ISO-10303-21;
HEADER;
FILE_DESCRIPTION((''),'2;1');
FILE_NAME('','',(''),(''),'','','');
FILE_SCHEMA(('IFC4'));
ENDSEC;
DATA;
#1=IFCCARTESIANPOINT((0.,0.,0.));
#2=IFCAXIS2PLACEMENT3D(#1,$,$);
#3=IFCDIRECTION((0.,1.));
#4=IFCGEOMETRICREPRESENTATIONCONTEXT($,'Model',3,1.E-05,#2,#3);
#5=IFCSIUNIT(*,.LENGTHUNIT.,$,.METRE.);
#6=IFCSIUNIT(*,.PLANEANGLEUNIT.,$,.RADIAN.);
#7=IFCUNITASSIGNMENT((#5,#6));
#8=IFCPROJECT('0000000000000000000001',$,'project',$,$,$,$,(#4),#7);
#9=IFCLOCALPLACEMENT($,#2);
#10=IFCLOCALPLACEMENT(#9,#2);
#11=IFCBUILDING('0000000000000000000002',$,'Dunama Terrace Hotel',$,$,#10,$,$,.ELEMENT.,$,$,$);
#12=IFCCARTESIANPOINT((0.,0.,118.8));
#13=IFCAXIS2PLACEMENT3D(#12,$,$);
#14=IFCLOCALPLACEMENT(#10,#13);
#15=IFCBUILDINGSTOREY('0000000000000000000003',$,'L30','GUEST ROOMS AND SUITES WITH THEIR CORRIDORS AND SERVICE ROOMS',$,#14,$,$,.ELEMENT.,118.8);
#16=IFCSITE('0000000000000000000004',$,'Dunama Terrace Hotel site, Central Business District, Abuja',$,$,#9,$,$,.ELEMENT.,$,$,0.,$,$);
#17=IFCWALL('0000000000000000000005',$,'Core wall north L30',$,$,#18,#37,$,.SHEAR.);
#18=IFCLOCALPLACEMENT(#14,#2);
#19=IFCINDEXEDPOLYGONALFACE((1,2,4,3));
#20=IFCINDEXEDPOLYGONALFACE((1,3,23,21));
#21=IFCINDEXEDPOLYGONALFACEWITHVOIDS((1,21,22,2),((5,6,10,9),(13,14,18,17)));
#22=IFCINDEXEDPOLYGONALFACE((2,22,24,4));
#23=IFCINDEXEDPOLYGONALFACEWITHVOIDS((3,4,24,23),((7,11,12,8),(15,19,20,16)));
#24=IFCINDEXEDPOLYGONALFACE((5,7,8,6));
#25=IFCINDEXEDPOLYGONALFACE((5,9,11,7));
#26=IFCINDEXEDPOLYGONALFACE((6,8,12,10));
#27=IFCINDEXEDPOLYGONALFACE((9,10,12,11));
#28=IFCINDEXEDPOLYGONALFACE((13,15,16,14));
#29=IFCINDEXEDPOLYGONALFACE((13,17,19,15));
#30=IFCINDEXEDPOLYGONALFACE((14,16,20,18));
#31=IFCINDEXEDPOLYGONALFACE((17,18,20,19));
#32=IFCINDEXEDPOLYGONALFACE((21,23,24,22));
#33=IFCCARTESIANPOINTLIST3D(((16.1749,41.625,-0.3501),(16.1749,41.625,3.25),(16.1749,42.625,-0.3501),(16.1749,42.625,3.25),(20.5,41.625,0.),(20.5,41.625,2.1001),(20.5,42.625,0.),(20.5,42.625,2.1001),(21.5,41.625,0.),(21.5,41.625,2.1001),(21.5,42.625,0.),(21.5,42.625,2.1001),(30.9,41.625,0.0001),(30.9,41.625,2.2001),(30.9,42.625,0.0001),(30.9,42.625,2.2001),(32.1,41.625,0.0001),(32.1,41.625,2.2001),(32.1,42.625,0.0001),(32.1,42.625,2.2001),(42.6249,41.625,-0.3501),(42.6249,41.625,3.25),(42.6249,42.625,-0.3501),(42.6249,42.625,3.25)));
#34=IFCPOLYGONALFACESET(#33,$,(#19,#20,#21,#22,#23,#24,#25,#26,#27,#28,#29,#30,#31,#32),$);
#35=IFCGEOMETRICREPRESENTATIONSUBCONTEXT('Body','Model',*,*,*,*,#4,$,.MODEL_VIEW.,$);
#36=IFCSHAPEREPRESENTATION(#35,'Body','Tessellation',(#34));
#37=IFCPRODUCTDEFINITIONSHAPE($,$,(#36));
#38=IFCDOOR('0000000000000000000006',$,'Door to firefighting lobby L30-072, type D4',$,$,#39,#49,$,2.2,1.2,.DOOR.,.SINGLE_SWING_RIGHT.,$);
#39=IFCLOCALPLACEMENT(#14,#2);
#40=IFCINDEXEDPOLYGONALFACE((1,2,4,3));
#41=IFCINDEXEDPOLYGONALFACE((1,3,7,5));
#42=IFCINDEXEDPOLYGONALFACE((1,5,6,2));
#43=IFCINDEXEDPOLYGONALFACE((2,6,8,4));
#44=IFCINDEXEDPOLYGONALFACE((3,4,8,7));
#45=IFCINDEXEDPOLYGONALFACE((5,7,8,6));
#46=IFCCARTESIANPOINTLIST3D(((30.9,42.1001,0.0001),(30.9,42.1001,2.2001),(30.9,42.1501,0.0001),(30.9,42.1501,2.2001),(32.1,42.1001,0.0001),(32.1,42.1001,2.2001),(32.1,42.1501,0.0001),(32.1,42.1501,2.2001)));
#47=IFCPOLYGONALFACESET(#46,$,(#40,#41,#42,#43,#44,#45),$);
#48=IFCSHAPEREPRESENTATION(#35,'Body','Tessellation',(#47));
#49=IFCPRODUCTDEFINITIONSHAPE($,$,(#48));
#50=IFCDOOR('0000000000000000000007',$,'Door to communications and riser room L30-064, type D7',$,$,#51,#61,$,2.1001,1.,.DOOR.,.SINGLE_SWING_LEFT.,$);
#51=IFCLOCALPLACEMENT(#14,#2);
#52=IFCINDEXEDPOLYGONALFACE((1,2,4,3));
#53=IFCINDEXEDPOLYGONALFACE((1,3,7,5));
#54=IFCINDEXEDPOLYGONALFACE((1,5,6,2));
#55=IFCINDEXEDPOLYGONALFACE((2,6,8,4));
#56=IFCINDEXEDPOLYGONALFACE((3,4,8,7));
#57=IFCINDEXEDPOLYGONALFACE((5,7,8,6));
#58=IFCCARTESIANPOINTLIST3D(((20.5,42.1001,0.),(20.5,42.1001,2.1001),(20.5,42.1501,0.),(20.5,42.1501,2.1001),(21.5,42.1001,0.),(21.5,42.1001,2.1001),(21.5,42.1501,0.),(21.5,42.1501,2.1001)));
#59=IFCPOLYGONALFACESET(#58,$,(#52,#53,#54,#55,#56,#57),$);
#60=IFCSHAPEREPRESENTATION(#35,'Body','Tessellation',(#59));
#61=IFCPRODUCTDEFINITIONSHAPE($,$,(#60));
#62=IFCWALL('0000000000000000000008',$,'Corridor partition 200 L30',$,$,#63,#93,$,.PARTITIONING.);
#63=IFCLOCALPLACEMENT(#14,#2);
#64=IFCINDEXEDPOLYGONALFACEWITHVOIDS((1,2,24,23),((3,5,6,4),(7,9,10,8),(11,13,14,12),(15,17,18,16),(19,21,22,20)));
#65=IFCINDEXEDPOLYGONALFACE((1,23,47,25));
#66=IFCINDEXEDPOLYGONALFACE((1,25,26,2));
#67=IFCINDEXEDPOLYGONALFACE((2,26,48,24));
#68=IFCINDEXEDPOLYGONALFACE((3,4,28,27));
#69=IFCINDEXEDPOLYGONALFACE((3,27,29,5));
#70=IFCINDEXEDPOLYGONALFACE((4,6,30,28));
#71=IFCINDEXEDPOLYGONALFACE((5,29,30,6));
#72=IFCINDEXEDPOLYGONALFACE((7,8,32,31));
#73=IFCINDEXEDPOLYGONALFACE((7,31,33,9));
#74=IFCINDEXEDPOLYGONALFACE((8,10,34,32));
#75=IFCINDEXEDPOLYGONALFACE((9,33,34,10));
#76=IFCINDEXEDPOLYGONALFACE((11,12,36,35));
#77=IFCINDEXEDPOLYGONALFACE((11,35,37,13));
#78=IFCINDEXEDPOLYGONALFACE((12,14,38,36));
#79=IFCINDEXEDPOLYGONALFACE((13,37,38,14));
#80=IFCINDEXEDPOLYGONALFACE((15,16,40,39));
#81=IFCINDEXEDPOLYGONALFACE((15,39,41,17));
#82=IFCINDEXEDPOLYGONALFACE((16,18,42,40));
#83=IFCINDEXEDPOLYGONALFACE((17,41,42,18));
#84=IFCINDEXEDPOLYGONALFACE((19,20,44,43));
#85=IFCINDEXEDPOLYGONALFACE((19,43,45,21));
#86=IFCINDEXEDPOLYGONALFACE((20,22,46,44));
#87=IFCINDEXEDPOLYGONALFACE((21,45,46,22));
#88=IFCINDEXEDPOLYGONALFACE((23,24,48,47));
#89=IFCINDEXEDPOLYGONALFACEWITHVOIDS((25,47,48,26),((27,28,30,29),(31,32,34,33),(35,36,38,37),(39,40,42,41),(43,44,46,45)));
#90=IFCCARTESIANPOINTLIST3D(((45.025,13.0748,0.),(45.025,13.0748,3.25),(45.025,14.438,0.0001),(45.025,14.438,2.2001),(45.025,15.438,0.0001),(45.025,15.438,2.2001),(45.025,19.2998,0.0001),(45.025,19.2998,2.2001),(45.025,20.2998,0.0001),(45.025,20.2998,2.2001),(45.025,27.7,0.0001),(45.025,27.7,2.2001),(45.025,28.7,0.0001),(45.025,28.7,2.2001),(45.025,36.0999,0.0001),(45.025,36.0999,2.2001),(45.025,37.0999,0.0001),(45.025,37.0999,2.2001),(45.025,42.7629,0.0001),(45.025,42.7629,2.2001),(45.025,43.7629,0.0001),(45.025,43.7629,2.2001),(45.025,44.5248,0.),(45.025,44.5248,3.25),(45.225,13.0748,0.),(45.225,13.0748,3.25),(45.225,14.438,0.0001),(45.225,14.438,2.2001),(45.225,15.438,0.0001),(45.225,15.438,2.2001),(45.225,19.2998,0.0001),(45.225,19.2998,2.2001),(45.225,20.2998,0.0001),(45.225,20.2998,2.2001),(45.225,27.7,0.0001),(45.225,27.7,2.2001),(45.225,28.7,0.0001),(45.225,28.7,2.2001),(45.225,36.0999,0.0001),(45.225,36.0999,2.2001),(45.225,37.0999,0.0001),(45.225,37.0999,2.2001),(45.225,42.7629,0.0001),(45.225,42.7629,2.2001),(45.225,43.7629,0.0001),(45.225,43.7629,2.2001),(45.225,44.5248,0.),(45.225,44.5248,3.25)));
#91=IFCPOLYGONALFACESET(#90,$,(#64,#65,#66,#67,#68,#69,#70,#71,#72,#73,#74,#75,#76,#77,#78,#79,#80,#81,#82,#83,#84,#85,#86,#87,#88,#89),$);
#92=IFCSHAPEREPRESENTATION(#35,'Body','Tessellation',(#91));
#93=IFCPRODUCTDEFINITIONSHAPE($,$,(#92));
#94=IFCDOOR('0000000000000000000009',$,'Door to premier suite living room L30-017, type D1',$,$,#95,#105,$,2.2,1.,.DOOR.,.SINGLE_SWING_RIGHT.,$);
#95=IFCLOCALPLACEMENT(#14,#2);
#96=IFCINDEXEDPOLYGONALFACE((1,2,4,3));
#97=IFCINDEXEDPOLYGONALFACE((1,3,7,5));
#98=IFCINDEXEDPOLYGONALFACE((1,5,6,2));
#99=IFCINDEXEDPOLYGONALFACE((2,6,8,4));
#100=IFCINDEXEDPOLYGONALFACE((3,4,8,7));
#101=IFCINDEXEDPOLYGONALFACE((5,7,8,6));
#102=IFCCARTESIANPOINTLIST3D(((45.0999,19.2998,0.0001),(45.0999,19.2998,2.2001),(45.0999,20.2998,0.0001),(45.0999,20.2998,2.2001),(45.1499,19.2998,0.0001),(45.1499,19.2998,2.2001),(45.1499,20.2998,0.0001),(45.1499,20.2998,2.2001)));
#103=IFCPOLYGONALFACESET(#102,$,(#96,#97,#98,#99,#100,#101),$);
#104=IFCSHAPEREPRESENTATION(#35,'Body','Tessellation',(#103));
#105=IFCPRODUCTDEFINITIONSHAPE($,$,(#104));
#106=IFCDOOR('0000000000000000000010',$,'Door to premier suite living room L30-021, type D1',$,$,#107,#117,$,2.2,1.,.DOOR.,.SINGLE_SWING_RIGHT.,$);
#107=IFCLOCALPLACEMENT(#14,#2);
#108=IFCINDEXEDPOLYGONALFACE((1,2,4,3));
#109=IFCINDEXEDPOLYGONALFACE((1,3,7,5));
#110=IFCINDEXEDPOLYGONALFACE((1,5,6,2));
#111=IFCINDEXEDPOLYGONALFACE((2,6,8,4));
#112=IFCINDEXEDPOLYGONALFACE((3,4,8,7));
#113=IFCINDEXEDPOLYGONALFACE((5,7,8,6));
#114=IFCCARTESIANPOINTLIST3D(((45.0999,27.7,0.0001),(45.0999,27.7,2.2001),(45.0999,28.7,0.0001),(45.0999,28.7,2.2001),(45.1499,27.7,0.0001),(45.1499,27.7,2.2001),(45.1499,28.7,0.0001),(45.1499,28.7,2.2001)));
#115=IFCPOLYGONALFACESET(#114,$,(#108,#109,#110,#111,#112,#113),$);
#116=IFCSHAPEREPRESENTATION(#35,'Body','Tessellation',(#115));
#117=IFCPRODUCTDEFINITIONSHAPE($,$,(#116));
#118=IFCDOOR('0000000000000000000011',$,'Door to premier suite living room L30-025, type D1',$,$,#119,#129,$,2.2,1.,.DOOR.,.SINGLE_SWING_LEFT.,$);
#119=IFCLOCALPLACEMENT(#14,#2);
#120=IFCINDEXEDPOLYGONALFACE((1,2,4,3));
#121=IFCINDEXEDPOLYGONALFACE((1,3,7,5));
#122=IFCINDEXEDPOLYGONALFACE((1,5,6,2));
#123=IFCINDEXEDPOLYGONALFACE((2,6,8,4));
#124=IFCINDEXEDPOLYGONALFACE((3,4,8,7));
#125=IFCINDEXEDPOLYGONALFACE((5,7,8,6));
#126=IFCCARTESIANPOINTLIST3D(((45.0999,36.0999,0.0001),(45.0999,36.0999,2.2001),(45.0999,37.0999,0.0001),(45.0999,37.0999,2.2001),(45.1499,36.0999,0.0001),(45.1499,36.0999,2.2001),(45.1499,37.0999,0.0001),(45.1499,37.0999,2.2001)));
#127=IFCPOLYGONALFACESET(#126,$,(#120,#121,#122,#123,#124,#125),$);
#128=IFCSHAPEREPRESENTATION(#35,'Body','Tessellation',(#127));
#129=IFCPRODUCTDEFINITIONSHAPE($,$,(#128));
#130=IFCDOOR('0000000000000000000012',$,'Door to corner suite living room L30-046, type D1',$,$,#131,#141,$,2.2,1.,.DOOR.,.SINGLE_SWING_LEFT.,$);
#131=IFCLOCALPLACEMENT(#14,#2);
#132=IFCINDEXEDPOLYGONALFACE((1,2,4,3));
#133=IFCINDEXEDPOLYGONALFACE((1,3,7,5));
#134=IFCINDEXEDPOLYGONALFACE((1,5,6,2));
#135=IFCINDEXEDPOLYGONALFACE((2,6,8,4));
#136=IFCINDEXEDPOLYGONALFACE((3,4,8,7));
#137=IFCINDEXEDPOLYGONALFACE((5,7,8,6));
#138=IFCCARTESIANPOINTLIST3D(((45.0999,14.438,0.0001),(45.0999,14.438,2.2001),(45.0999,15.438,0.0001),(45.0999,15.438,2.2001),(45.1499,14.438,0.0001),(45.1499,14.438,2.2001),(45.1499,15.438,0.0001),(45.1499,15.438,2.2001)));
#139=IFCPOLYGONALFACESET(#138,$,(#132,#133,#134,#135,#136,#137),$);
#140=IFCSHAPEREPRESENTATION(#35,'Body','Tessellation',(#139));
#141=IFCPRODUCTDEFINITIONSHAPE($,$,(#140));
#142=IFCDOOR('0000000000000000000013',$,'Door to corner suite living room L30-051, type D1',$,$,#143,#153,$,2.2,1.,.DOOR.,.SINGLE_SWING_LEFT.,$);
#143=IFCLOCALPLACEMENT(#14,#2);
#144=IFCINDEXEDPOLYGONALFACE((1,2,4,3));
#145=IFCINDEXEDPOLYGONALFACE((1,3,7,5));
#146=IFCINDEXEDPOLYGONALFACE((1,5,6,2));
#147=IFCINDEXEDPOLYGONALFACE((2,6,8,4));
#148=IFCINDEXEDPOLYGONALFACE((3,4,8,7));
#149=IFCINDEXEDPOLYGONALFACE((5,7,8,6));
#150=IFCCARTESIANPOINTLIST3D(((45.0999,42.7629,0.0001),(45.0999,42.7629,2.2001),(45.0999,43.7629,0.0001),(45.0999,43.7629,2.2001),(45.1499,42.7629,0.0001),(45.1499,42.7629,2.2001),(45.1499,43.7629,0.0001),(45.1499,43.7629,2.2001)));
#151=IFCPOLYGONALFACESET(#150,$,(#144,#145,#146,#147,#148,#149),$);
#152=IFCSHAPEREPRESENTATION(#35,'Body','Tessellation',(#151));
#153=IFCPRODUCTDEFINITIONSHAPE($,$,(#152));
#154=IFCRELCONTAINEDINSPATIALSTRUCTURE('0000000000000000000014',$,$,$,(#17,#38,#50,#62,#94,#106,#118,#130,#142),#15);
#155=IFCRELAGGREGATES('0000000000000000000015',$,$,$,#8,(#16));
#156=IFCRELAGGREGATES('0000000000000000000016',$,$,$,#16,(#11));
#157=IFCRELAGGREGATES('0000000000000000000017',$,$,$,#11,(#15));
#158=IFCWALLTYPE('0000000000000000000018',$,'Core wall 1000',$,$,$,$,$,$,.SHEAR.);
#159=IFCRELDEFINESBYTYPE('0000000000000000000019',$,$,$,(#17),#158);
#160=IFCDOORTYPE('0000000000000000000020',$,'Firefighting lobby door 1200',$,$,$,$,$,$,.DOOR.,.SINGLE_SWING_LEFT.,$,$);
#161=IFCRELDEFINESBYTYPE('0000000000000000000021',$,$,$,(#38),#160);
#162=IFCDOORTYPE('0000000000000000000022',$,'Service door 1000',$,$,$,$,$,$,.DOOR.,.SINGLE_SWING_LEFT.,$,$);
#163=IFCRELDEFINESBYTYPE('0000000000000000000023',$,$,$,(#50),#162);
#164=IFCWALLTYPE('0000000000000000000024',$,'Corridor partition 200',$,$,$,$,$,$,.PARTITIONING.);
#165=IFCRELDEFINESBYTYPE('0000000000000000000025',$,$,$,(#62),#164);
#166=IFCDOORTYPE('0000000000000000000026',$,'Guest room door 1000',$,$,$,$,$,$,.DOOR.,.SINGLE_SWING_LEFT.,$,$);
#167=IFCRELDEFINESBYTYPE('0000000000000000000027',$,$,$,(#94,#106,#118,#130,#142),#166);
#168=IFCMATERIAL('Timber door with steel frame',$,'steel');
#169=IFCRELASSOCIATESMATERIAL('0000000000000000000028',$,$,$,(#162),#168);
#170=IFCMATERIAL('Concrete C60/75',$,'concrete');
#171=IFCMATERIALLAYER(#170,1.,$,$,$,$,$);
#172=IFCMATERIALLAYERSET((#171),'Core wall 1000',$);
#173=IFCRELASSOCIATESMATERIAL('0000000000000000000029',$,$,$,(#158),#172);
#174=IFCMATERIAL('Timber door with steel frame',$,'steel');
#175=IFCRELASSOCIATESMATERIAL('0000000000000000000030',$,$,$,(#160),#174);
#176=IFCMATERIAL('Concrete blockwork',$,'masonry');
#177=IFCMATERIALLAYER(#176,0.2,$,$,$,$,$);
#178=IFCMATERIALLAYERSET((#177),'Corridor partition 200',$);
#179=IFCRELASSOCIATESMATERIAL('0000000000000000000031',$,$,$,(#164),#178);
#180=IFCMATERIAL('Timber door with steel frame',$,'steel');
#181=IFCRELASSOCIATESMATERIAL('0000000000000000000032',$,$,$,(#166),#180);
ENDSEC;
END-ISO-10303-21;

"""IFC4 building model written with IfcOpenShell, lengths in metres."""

from ifc_helpers import new_model, si_unit, direction, frame, frame_2d, origin, place, context, subcontext, project, spatial, rectangle, extrude, material, layer, layer_set, type_object, element, fill, save


model = new_model("IFC4")

# Units and contexts
model_context = context("Model", 3, precision=1e-05, world=origin(), true_north=direction((0.0, 1.0)))
body_context = subcontext(model_context, "Body", "Model", "MODEL_VIEW")
ifc_project = project(units=[si_unit("LENGTHUNIT", "METRE"), si_unit("PLANEANGLEUNIT", "RADIAN")], contexts=[model_context])

# Site, building, storey
site_placement = place(None, origin())
site = spatial("IfcSite", under=ifc_project, at=site_placement, Name="Dunama Terrace Hotel site, Central Business District, Abuja", CompositionType="ELEMENT", RefElevation=0.0)
building_placement = place(site_placement, origin())
building = spatial("IfcBuilding", under=site, at=building_placement, Name="Dunama Terrace Hotel", CompositionType="ELEMENT")
storey_placement = place(building_placement, frame((0.0, 0.0, 118.8)))
storey = spatial("IfcBuildingStorey", under=building, at=storey_placement, Name="L30", Description="GUEST ROOMS AND SUITES WITH THEIR CORRIDORS AND SERVICE ROOMS", CompositionType="ELEMENT", Elevation=118.8)

# Shared definitions
ifc_material_1 = material(Name="Timber door with steel frame", Category="steel")
door_type_1 = type_object("IfcDoorType", Name="Service door 1000", OperationType="SINGLE_SWING_LEFT", PredefinedType="DOOR", material=ifc_material_1)

# Walls, openings, doors
ifc_material_2 = material(Name="Concrete C60/75", Category="concrete")
ifc_layer_1 = layer(ifc_material_2, 1.0)
ifc_layer_set_1 = layer_set([ifc_layer_1], Name="Core wall 1000")
wall_type_1 = type_object("IfcWallType", Name="Core wall 1000", PredefinedType="SHEAR", material=ifc_layer_set_1)
wall_1_placement = place(storey_placement, frame((42.625, 42.125, -0.3501), z_axis=(0.0, 0.0, 1.0), x_axis=(-1.0, 0.0, 0.0)))
wall_1 = element("IfcWall", 1, at=wall_1_placement, inside=storey, type_object=wall_type_1, Name="Core wall north L30", PredefinedType="SHEAR", context=body_context, shape_type="SweptSolid", body=[
    extrude(rectangle(XDim=26.45, YDim=1.0, at=frame_2d((13.2251, 0.0))), origin(), (0.0, 0.0, 1.0), 3.6001),
])
opening_1_placement = place(wall_1_placement, frame((21.125, 0.0, 0.3501)))
opening_1 = element("IfcOpeningElement", 2, at=opening_1_placement, cuts=wall_1, PredefinedType="OPENING", context=body_context, shape_type="SweptSolid", body=[
    extrude(rectangle(XDim=1.0, YDim=2.1001, at=frame_2d((0.5, 1.05))), frame((0.0, 0.51, 0.0), z_axis=(0.0, -1.0, 0.0), x_axis=(1.0, 0.0, 0.0)), (0.0, 0.0, 1.0), 1.02),
])
opening_2_placement = place(wall_1_placement, frame((10.5249, 0.0, 0.3501)))
opening_2 = element("IfcOpeningElement", 3, at=opening_2_placement, cuts=wall_1, PredefinedType="OPENING", context=body_context, shape_type="SweptSolid", body=[
    extrude(rectangle(XDim=1.2, YDim=2.2, at=frame_2d((0.6001, 1.1001))), frame((0.0, 0.51, 0.0), z_axis=(0.0, -1.0, 0.0), x_axis=(1.0, 0.0, 0.0)), (0.0, 0.0, 1.0), 1.02),
])
ifc_material_3 = material(Name="Timber door with steel frame", Category="steel")
door_type_2 = type_object("IfcDoorType", Name="Firefighting lobby door 1200", OperationType="SINGLE_SWING_LEFT", PredefinedType="DOOR", material=ifc_material_3)
door_1_placement = place(opening_2_placement, origin())
door_1 = element("IfcDoor", 4, at=door_1_placement, inside=storey, type_object=door_type_2, Name="Door to firefighting lobby L30-072, type D4", OperationType="SINGLE_SWING_RIGHT", OverallHeight=2.2, OverallWidth=1.2, PredefinedType="DOOR", context=body_context, shape_type="SweptSolid", body=[
    extrude(rectangle(XDim=1.2, YDim=2.2, at=frame_2d((0.6001, 1.1001))), frame((0.0, 0.0249, 0.0), z_axis=(0.0, -1.0, 0.0), x_axis=(1.0, 0.0, 0.0)), (0.0, 0.0, 1.0), 0.05),
])
fill(opening_2, door_1)
door_2_placement = place(opening_1_placement, origin())
door_2 = element("IfcDoor", 5, at=door_2_placement, inside=storey, type_object=door_type_1, Name="Door to communications and riser room L30-064, type D7", OperationType="SINGLE_SWING_LEFT", OverallHeight=2.1001, OverallWidth=1.0, PredefinedType="DOOR", context=body_context, shape_type="SweptSolid", body=[
    extrude(rectangle(XDim=1.0, YDim=2.1001, at=frame_2d((0.5, 1.05))), frame((0.0, 0.0249, 0.0), z_axis=(0.0, -1.0, 0.0), x_axis=(1.0, 0.0, 0.0)), (0.0, 0.0, 1.0), 0.05),
])
fill(opening_1, door_2)
ifc_material_4 = material(Name="Concrete blockwork", Category="masonry")
ifc_layer_2 = layer(ifc_material_4, 0.2)
ifc_layer_set_2 = layer_set([ifc_layer_2], Name="Corridor partition 200")
wall_type_2 = type_object("IfcWallType", Name="Corridor partition 200", PredefinedType="PARTITIONING", material=ifc_layer_set_2)
wall_2_placement = place(storey_placement, frame((45.125, 44.5249, 0.0), z_axis=(0.0, 0.0, 1.0), x_axis=(0.0, -1.0, 0.0)))
wall_2 = element("IfcWall", 6, at=wall_2_placement, inside=storey, type_object=wall_type_2, Name="Corridor partition 200 L30", PredefinedType="PARTITIONING", context=body_context, shape_type="SweptSolid", body=[
    extrude(rectangle(XDim=31.45, YDim=0.2, at=frame_2d((15.7251, 0.0))), origin(), (0.0, 0.0, 1.0), 3.25),
])
opening_3_placement = place(wall_2_placement, frame((24.2251, 0.0, 0.0)))
opening_3 = element("IfcOpeningElement", 7, at=opening_3_placement, cuts=wall_2, PredefinedType="OPENING", context=body_context, shape_type="SweptSolid", body=[
    extrude(rectangle(XDim=1.0, YDim=2.2, at=frame_2d((0.5, 1.1001))), frame((0.0, 0.1099, 0.0), z_axis=(0.0, -1.0, 0.0), x_axis=(1.0, 0.0, 0.0)), (0.0, 0.0, 1.0), 0.22),
])
opening_4_placement = place(wall_2_placement, frame((15.825, 0.0, 0.0)))
opening_4 = element("IfcOpeningElement", 8, at=opening_4_placement, cuts=wall_2, PredefinedType="OPENING", context=body_context, shape_type="SweptSolid", body=[
    extrude(rectangle(XDim=1.0, YDim=2.2, at=frame_2d((0.5, 1.1001))), frame((0.0, 0.1099, 0.0), z_axis=(0.0, -1.0, 0.0), x_axis=(1.0, 0.0, 0.0)), (0.0, 0.0, 1.0), 0.22),
])
opening_5_placement = place(wall_2_placement, frame((7.425, 0.0, 0.0)))
opening_5 = element("IfcOpeningElement", 9, at=opening_5_placement, cuts=wall_2, PredefinedType="OPENING", context=body_context, shape_type="SweptSolid", body=[
    extrude(rectangle(XDim=1.0, YDim=2.2, at=frame_2d((0.5, 1.1001))), frame((0.0, 0.1099, 0.0), z_axis=(0.0, -1.0, 0.0), x_axis=(1.0, 0.0, 0.0)), (0.0, 0.0, 1.0), 0.22),
])
opening_6_placement = place(wall_2_placement, frame((29.0869, 0.0, 0.0)))
opening_6 = element("IfcOpeningElement", 10, at=opening_6_placement, cuts=wall_2, PredefinedType="OPENING", context=body_context, shape_type="SweptSolid", body=[
    extrude(rectangle(XDim=1.0, YDim=2.2, at=frame_2d((0.5, 1.1001))), frame((0.0, 0.1099, 0.0), z_axis=(0.0, -1.0, 0.0), x_axis=(1.0, 0.0, 0.0)), (0.0, 0.0, 1.0), 0.22),
])
opening_7_placement = place(wall_2_placement, frame((0.762, 0.0, 0.0)))
opening_7 = element("IfcOpeningElement", 11, at=opening_7_placement, cuts=wall_2, PredefinedType="OPENING", context=body_context, shape_type="SweptSolid", body=[
    extrude(rectangle(XDim=1.0, YDim=2.2, at=frame_2d((0.5, 1.1001))), frame((0.0, 0.1099, 0.0), z_axis=(0.0, -1.0, 0.0), x_axis=(1.0, 0.0, 0.0)), (0.0, 0.0, 1.0), 0.22),
])
ifc_material_5 = material(Name="Timber door with steel frame", Category="steel")
door_type_3 = type_object("IfcDoorType", Name="Guest room door 1000", OperationType="SINGLE_SWING_LEFT", PredefinedType="DOOR", material=ifc_material_5)
door_3_placement = place(opening_3_placement, origin())
door_3 = element("IfcDoor", 12, at=door_3_placement, inside=storey, type_object=door_type_3, Name="Door to premier suite living room L30-017, type D1", OperationType="SINGLE_SWING_RIGHT", OverallHeight=2.2, OverallWidth=1.0, PredefinedType="DOOR", context=body_context, shape_type="SweptSolid", body=[
    extrude(rectangle(XDim=1.0, YDim=2.2, at=frame_2d((0.5, 1.1001))), frame((0.0, 0.0249, 0.0), z_axis=(0.0, -1.0, 0.0), x_axis=(1.0, 0.0, 0.0)), (0.0, 0.0, 1.0), 0.05),
])
fill(opening_3, door_3)
door_4_placement = place(opening_4_placement, origin())
door_4 = element("IfcDoor", 13, at=door_4_placement, inside=storey, type_object=door_type_3, Name="Door to premier suite living room L30-021, type D1", OperationType="SINGLE_SWING_RIGHT", OverallHeight=2.2, OverallWidth=1.0, PredefinedType="DOOR", context=body_context, shape_type="SweptSolid", body=[
    extrude(rectangle(XDim=1.0, YDim=2.2, at=frame_2d((0.5, 1.1001))), frame((0.0, 0.0249, 0.0), z_axis=(0.0, -1.0, 0.0), x_axis=(1.0, 0.0, 0.0)), (0.0, 0.0, 1.0), 0.05),
])
fill(opening_4, door_4)
door_5_placement = place(opening_5_placement, origin())
door_5 = element("IfcDoor", 14, at=door_5_placement, inside=storey, type_object=door_type_3, Name="Door to premier suite living room L30-025, type D1", OperationType="SINGLE_SWING_LEFT", OverallHeight=2.2, OverallWidth=1.0, PredefinedType="DOOR", context=body_context, shape_type="SweptSolid", body=[
    extrude(rectangle(XDim=1.0, YDim=2.2, at=frame_2d((0.5, 1.1001))), frame((0.0, 0.0249, 0.0), z_axis=(0.0, -1.0, 0.0), x_axis=(1.0, 0.0, 0.0)), (0.0, 0.0, 1.0), 0.05),
])
fill(opening_5, door_5)
door_6_placement = place(opening_6_placement, origin())
door_6 = element("IfcDoor", 15, at=door_6_placement, inside=storey, type_object=door_type_3, Name="Door to corner suite living room L30-046, type D1", OperationType="SINGLE_SWING_LEFT", OverallHeight=2.2, OverallWidth=1.0, PredefinedType="DOOR", context=body_context, shape_type="SweptSolid", body=[
    extrude(rectangle(XDim=1.0, YDim=2.2, at=frame_2d((0.5, 1.1001))), frame((0.0, 0.0249, 0.0), z_axis=(0.0, -1.0, 0.0), x_axis=(1.0, 0.0, 0.0)), (0.0, 0.0, 1.0), 0.05),
])
fill(opening_6, door_6)
door_7_placement = place(opening_7_placement, origin())
door_7 = element("IfcDoor", 16, at=door_7_placement, inside=storey, type_object=door_type_3, Name="Door to corner suite living room L30-051, type D1", OperationType="SINGLE_SWING_LEFT", OverallHeight=2.2, OverallWidth=1.0, PredefinedType="DOOR", context=body_context, shape_type="SweptSolid", body=[
    extrude(rectangle(XDim=1.0, YDim=2.2, at=frame_2d((0.5, 1.1001))), frame((0.0, 0.0249, 0.0), z_axis=(0.0, -1.0, 0.0), x_axis=(1.0, 0.0, 0.0)), (0.0, 0.0, 1.0), 0.05),
])
fill(opening_7, door_7)

save(model, "model.ifc")
